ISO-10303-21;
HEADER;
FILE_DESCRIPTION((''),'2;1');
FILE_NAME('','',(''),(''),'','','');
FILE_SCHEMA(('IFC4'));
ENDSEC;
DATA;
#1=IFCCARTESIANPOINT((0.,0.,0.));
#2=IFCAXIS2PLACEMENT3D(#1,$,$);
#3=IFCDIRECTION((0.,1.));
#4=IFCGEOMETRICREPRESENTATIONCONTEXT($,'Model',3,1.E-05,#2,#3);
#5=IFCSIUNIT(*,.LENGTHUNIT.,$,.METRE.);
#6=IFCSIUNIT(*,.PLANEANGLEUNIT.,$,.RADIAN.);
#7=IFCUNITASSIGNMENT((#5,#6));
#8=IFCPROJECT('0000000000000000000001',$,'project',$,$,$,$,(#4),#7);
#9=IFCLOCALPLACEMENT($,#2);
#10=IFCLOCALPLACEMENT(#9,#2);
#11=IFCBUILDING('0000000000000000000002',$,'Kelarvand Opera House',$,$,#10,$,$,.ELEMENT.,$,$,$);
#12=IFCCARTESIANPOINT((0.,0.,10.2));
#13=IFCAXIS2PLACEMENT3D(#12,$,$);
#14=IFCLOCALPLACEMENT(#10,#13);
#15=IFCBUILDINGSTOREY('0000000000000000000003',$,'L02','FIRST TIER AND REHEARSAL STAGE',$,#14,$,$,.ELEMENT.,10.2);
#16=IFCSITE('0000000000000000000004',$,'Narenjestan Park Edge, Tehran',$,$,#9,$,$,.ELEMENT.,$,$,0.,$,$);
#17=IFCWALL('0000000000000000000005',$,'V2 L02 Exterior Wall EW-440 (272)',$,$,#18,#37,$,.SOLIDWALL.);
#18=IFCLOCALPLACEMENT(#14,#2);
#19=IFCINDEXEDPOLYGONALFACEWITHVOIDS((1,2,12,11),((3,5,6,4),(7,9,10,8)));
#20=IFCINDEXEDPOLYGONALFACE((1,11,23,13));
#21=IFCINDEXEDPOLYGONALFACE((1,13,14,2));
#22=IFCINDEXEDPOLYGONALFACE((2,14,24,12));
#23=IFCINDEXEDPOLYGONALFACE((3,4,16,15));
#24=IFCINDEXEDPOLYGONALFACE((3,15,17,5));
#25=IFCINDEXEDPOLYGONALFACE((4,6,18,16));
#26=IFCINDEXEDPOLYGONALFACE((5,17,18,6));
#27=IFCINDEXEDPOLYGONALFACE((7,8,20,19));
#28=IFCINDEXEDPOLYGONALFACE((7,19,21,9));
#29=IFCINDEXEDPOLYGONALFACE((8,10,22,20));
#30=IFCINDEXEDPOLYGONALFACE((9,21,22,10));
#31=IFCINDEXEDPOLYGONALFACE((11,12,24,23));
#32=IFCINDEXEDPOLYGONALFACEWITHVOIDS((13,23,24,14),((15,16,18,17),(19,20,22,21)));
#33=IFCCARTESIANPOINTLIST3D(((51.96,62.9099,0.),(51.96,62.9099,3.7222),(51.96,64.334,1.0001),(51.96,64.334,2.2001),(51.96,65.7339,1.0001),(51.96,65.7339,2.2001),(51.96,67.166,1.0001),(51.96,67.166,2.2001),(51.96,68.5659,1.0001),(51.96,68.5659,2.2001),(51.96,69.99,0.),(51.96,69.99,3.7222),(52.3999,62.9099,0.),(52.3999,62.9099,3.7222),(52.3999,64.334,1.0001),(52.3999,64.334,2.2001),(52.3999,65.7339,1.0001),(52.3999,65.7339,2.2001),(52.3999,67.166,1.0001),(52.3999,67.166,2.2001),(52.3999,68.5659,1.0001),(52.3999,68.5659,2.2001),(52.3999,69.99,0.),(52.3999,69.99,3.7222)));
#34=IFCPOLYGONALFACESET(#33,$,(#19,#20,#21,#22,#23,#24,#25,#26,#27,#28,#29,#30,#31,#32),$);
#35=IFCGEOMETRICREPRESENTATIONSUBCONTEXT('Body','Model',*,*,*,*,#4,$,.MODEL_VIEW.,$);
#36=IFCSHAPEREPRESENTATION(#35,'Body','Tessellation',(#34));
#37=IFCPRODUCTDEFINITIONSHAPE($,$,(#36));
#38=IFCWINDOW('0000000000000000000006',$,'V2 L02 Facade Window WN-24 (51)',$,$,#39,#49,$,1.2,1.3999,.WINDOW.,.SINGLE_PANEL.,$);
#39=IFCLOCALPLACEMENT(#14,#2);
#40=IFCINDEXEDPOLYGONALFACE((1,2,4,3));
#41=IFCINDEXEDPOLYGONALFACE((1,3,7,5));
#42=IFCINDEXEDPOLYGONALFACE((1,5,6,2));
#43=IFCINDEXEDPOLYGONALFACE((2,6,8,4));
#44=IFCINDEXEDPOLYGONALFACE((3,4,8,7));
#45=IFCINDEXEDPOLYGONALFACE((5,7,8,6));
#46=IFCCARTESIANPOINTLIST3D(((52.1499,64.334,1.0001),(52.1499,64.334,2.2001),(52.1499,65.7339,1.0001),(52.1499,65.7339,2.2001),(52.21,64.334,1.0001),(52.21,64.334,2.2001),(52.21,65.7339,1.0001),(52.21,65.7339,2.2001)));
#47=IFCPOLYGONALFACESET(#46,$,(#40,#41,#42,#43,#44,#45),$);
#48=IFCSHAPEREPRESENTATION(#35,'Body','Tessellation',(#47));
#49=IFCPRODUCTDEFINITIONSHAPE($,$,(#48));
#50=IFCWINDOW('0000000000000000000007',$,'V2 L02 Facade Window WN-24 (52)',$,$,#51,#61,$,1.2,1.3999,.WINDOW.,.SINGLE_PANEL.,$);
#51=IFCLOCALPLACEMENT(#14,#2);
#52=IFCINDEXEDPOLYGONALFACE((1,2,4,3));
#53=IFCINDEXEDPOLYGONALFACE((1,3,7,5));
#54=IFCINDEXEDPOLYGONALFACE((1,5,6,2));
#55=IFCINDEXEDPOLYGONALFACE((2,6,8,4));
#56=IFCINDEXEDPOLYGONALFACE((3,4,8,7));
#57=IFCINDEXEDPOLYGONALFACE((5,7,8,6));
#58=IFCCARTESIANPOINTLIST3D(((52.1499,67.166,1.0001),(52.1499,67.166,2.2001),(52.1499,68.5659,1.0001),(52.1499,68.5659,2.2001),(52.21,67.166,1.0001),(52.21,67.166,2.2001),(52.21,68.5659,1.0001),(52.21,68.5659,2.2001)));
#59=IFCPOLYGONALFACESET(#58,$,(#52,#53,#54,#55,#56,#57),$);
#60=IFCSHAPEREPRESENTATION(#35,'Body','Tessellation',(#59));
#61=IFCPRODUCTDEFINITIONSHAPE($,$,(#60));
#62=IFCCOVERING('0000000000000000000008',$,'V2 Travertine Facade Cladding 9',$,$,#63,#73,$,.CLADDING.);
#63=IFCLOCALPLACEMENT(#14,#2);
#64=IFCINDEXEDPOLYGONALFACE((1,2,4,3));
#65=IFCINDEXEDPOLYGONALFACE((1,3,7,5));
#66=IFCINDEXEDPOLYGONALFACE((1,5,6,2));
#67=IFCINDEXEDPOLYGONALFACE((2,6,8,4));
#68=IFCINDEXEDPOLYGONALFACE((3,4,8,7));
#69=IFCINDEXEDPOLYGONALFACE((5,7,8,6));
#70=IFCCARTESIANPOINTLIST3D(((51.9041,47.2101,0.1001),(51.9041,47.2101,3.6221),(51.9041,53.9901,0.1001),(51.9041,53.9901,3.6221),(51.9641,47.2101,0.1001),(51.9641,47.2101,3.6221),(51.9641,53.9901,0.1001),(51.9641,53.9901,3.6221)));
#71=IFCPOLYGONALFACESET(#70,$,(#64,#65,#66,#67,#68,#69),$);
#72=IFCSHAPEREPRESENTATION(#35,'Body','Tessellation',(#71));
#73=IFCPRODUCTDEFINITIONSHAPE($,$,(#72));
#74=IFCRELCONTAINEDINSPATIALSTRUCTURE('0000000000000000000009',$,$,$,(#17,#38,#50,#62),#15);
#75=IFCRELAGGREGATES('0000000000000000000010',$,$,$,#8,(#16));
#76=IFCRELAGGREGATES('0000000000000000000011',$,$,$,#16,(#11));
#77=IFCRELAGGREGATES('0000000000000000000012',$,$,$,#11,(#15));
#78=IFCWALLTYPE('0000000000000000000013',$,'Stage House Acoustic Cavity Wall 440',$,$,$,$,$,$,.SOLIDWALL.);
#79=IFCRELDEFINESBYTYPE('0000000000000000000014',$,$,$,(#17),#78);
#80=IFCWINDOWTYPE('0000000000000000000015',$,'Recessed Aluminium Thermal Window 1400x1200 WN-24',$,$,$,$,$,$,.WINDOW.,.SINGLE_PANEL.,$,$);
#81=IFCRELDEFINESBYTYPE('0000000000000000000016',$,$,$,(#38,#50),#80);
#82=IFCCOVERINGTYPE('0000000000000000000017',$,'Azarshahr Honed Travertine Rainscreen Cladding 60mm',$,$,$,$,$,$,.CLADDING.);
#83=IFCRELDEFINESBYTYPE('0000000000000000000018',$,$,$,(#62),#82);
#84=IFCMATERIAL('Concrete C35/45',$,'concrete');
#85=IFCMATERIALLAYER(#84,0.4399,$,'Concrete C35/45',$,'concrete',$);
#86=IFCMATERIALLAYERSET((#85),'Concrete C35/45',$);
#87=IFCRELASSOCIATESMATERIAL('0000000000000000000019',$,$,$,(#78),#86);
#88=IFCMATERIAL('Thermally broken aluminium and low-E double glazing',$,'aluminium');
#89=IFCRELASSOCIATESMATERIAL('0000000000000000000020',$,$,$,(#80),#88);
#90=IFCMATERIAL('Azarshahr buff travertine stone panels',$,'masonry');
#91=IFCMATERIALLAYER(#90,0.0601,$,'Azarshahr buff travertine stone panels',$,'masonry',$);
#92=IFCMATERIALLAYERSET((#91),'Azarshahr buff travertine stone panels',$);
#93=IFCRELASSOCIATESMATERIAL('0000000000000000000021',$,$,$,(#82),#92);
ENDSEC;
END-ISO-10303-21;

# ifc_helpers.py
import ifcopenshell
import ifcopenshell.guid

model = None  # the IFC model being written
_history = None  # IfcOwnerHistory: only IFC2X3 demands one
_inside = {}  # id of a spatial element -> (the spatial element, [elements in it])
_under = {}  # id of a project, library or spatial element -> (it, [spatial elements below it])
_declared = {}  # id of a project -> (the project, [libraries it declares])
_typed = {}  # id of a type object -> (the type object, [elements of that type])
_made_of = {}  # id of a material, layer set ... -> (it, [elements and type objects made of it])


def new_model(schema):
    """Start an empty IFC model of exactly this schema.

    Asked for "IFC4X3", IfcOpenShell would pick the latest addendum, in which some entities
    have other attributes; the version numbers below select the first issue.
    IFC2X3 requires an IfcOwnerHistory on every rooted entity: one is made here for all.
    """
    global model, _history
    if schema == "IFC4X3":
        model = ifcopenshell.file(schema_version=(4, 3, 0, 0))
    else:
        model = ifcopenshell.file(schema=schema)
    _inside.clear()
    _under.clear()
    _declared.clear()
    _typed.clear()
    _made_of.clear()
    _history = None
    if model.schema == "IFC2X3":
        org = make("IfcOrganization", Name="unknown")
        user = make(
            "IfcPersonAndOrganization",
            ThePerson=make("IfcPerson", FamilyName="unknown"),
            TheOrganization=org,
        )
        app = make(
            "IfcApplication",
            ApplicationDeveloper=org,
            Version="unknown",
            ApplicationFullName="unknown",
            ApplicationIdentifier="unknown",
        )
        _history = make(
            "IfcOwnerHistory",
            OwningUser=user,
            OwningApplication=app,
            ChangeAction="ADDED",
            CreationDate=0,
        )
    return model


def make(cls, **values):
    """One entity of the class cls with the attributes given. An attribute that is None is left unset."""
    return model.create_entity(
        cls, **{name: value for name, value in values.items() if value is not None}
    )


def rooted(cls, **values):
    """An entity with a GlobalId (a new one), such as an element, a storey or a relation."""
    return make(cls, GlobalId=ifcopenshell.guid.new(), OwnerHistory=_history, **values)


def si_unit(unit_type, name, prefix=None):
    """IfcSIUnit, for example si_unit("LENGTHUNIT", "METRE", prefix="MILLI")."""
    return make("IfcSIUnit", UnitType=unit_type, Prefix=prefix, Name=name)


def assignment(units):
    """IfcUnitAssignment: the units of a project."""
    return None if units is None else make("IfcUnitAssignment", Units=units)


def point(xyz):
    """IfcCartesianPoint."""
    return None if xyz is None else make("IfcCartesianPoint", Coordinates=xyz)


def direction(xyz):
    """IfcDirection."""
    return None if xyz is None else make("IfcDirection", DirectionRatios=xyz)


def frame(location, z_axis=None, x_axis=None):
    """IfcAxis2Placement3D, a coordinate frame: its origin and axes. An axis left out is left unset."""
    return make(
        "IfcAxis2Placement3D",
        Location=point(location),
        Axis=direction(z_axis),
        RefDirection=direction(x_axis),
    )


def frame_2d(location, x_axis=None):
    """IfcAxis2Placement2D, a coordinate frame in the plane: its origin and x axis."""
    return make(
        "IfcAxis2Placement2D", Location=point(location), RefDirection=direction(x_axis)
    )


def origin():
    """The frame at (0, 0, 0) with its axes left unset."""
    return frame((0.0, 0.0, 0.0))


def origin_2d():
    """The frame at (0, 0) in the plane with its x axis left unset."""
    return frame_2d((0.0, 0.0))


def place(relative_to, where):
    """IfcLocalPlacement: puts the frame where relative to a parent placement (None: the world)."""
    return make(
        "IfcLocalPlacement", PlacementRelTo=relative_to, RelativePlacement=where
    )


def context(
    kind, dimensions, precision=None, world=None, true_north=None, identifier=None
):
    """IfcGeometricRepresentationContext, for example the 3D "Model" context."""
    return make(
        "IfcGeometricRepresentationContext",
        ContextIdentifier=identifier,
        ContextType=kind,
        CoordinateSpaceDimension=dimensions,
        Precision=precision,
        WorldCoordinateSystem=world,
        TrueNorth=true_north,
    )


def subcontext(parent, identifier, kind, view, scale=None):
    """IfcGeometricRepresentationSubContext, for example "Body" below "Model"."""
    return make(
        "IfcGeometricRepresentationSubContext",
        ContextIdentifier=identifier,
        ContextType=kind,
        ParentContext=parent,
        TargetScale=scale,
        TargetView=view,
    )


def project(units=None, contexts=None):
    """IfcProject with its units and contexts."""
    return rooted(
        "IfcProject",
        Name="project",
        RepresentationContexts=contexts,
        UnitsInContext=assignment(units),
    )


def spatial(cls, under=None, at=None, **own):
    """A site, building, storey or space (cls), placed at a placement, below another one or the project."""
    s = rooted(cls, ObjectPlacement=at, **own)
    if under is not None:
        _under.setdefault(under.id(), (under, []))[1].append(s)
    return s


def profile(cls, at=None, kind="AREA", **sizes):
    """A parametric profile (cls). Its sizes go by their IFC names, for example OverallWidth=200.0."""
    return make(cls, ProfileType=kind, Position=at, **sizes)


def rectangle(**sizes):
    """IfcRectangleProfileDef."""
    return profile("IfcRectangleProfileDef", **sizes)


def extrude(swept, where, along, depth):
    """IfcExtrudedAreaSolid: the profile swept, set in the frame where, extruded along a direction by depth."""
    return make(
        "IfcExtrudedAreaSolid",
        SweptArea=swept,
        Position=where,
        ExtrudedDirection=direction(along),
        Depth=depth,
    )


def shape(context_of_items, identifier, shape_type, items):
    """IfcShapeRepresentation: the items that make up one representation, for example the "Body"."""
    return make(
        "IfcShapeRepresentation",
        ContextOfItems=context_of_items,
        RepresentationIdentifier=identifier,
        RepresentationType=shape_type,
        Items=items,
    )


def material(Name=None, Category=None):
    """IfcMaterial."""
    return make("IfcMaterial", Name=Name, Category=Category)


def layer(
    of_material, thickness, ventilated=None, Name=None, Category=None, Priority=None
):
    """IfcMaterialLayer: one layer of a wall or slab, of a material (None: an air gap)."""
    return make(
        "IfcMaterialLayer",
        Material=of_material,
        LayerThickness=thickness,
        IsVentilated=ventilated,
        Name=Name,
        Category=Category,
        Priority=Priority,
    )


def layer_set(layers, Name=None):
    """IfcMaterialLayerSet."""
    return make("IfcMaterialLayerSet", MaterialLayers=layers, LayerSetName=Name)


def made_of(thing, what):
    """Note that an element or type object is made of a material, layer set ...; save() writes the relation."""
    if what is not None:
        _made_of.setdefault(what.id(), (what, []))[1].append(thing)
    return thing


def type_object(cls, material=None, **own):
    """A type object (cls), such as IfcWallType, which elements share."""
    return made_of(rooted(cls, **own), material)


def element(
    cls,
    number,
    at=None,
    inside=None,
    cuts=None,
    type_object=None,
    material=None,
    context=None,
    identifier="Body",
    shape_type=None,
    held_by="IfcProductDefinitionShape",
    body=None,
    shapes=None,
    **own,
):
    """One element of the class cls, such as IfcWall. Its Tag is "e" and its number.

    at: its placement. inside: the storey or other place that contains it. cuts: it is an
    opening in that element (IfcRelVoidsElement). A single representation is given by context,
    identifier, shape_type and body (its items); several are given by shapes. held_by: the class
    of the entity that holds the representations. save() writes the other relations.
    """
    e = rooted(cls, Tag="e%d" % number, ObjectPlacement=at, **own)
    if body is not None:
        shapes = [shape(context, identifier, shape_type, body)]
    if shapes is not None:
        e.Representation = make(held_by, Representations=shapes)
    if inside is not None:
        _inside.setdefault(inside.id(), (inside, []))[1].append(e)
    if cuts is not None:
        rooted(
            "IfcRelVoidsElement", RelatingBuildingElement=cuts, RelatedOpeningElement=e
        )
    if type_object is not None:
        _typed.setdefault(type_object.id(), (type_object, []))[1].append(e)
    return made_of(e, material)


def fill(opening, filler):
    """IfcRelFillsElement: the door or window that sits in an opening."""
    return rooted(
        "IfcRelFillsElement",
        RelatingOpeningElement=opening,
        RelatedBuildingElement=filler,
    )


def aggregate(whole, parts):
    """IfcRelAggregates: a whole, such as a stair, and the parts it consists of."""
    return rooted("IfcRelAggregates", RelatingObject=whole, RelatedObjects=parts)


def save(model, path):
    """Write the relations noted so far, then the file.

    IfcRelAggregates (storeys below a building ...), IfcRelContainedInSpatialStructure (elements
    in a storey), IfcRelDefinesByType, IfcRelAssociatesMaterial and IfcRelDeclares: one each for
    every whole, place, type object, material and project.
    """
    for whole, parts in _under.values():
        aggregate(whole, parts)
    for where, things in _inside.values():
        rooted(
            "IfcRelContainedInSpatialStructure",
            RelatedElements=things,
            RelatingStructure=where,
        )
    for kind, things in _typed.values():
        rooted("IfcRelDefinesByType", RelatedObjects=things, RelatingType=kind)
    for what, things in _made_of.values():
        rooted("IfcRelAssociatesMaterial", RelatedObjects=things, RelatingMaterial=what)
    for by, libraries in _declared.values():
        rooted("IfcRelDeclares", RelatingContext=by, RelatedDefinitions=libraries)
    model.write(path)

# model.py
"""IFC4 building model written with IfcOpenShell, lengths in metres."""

from ifc_helpers import new_model, si_unit, direction, frame, frame_2d, origin, origin_2d, place, context, subcontext, project, spatial, rectangle, extrude, material, layer, layer_set, type_object, element, fill, save


model = new_model("IFC4")

# Units and contexts
model_context = context("Model", 3, precision=1e-05, world=origin(), true_north=direction((0.0, 1.0)))
body_context = subcontext(model_context, "Body", "Model", "MODEL_VIEW")
ifc_project = project(units=[si_unit("LENGTHUNIT", "METRE"), si_unit("PLANEANGLEUNIT", "RADIAN")], contexts=[model_context])

# Site, building, storey
site_placement = place(None, origin())
site = spatial("IfcSite", under=ifc_project, at=site_placement, Name="Narenjestan Park Edge, Tehran", CompositionType="ELEMENT", RefElevation=0.0)
building_placement = place(site_placement, origin())
building = spatial("IfcBuilding", under=site, at=building_placement, Name="Kelarvand Opera House", CompositionType="ELEMENT")
storey_placement = place(building_placement, frame((0.0, 0.0, 10.2)))
storey = spatial("IfcBuildingStorey", under=building, at=storey_placement, Name="L02", Description="FIRST TIER AND REHEARSAL STAGE", CompositionType="ELEMENT", Elevation=10.2)

# Shared definitions
ifc_material_1 = material(Name="Concrete C35/45", Category="concrete")

# Wall, openings, windows
ifc_layer_1 = layer(ifc_material_1, 0.4399, Name="Concrete C35/45", Category="concrete")
ifc_layer_set_1 = layer_set([ifc_layer_1], Name="Concrete C35/45")
wall_type_1 = type_object("IfcWallType", Name="Stage House Acoustic Cavity Wall 440", PredefinedType="SOLIDWALL", material=ifc_layer_set_1)
ifc_material_2 = material(Name="Thermally broken aluminium and low-E double glazing", Category="aluminium")
window_type = type_object("IfcWindowType", Name="Recessed Aluminium Thermal Window 1400x1200 WN-24", PartitioningType="SINGLE_PANEL", PredefinedType="WINDOW", material=ifc_material_2)
wall_1_placement = place(storey_placement, frame((52.1799, 62.9099, 0.0), z_axis=(0.0, 0.0, 1.0), x_axis=(0.0, 1.0, 0.0)))
wall_1 = element("IfcWall", 1, at=wall_1_placement, inside=storey, type_object=wall_type_1, Name="V2 L02 Exterior Wall EW-440 (272)", PredefinedType="SOLIDWALL", context=body_context, shape_type="SweptSolid", body=[
    extrude(rectangle(XDim=7.0801, YDim=0.4399, at=frame_2d((3.54, 0.0))), origin(), (0.0, 0.0, 1.0), 3.7222),
])
opening_1_placement = place(wall_1_placement, frame((1.4241, 0.0, 1.0)))
opening_1 = element("IfcOpeningElement", 2, at=opening_1_placement, cuts=wall_1, PredefinedType="OPENING", context=body_context, shape_type="SweptSolid", body=[
    extrude(rectangle(XDim=1.3999, YDim=1.2, at=frame_2d((0.7, 0.6001))), frame((0.0, 0.23, 0.0), z_axis=(0.0, -1.0, 0.0), x_axis=(1.0, 0.0, 0.0)), (0.0, 0.0, 1.0), 0.46),
])
opening_2_placement = place(wall_1_placement, frame((4.2561, 0.0, 1.0)))
opening_2 = element("IfcOpeningElement", 3, at=opening_2_placement, cuts=wall_1, PredefinedType="OPENING", context=body_context, shape_type="SweptSolid", body=[
    extrude(rectangle(XDim=1.3999, YDim=1.2, at=frame_2d((0.7, 0.6001))), frame((0.0, 0.23, 0.0), z_axis=(0.0, -1.0, 0.0), x_axis=(1.0, 0.0, 0.0)), (0.0, 0.0, 1.0), 0.46),
])
window_1_placement = place(opening_1_placement, origin())
window_1 = element("IfcWindow", 4, at=window_1_placement, inside=storey, type_object=window_type, Name="V2 L02 Facade Window WN-24 (51)", OverallHeight=1.2, OverallWidth=1.3999, PartitioningType="SINGLE_PANEL", PredefinedType="WINDOW", context=body_context, shape_type="SweptSolid", body=[
    extrude(rectangle(XDim=1.3999, YDim=1.2, at=frame_2d((0.7, 0.6001))), frame((0.0, 0.03, 0.0), z_axis=(0.0, -1.0, 0.0), x_axis=(1.0, 0.0, 0.0)), (0.0, 0.0, 1.0), 0.0601),
])
fill(opening_1, window_1)
window_2_placement = place(opening_2_placement, origin())
window_2 = element("IfcWindow", 5, at=window_2_placement, inside=storey, type_object=window_type, Name="V2 L02 Facade Window WN-24 (52)", OverallHeight=1.2, OverallWidth=1.3999, PartitioningType="SINGLE_PANEL", PredefinedType="WINDOW", context=body_context, shape_type="SweptSolid", body=[
    extrude(rectangle(XDim=1.3999, YDim=1.2, at=frame_2d((0.7, 0.6001))), frame((0.0, 0.03, 0.0), z_axis=(0.0, -1.0, 0.0), x_axis=(1.0, 0.0, 0.0)), (0.0, 0.0, 1.0), 0.0601),
])
fill(opening_2, window_2)

# Covering
ifc_material_3 = material(Name="Azarshahr buff travertine stone panels", Category="masonry")
ifc_layer_2 = layer(ifc_material_3, 0.0601, Name="Azarshahr buff travertine stone panels", Category="masonry")
ifc_layer_set_2 = layer_set([ifc_layer_2], Name="Azarshahr buff travertine stone panels")
covering_type = type_object("IfcCoveringType", Name="Azarshahr Honed Travertine Rainscreen Cladding 60mm", PredefinedType="CLADDING", material=ifc_layer_set_2)
covering_placement = place(storey_placement, frame((51.9341, 50.6001, 0.1001), z_axis=(0.0, 0.0, 1.0), x_axis=(0.0, 1.0, 0.0)))
element("IfcCovering", 6, at=covering_placement, inside=storey, type_object=covering_type, Name="V2 Travertine Facade Cladding 9", PredefinedType="CLADDING", context=body_context, shape_type="SweptSolid", body=[
    extrude(rectangle(XDim=6.78, YDim=0.0601, at=origin_2d()), origin(), (0.0, 0.0, 1.0), 3.522),
])

save(model, "model.ifc")
